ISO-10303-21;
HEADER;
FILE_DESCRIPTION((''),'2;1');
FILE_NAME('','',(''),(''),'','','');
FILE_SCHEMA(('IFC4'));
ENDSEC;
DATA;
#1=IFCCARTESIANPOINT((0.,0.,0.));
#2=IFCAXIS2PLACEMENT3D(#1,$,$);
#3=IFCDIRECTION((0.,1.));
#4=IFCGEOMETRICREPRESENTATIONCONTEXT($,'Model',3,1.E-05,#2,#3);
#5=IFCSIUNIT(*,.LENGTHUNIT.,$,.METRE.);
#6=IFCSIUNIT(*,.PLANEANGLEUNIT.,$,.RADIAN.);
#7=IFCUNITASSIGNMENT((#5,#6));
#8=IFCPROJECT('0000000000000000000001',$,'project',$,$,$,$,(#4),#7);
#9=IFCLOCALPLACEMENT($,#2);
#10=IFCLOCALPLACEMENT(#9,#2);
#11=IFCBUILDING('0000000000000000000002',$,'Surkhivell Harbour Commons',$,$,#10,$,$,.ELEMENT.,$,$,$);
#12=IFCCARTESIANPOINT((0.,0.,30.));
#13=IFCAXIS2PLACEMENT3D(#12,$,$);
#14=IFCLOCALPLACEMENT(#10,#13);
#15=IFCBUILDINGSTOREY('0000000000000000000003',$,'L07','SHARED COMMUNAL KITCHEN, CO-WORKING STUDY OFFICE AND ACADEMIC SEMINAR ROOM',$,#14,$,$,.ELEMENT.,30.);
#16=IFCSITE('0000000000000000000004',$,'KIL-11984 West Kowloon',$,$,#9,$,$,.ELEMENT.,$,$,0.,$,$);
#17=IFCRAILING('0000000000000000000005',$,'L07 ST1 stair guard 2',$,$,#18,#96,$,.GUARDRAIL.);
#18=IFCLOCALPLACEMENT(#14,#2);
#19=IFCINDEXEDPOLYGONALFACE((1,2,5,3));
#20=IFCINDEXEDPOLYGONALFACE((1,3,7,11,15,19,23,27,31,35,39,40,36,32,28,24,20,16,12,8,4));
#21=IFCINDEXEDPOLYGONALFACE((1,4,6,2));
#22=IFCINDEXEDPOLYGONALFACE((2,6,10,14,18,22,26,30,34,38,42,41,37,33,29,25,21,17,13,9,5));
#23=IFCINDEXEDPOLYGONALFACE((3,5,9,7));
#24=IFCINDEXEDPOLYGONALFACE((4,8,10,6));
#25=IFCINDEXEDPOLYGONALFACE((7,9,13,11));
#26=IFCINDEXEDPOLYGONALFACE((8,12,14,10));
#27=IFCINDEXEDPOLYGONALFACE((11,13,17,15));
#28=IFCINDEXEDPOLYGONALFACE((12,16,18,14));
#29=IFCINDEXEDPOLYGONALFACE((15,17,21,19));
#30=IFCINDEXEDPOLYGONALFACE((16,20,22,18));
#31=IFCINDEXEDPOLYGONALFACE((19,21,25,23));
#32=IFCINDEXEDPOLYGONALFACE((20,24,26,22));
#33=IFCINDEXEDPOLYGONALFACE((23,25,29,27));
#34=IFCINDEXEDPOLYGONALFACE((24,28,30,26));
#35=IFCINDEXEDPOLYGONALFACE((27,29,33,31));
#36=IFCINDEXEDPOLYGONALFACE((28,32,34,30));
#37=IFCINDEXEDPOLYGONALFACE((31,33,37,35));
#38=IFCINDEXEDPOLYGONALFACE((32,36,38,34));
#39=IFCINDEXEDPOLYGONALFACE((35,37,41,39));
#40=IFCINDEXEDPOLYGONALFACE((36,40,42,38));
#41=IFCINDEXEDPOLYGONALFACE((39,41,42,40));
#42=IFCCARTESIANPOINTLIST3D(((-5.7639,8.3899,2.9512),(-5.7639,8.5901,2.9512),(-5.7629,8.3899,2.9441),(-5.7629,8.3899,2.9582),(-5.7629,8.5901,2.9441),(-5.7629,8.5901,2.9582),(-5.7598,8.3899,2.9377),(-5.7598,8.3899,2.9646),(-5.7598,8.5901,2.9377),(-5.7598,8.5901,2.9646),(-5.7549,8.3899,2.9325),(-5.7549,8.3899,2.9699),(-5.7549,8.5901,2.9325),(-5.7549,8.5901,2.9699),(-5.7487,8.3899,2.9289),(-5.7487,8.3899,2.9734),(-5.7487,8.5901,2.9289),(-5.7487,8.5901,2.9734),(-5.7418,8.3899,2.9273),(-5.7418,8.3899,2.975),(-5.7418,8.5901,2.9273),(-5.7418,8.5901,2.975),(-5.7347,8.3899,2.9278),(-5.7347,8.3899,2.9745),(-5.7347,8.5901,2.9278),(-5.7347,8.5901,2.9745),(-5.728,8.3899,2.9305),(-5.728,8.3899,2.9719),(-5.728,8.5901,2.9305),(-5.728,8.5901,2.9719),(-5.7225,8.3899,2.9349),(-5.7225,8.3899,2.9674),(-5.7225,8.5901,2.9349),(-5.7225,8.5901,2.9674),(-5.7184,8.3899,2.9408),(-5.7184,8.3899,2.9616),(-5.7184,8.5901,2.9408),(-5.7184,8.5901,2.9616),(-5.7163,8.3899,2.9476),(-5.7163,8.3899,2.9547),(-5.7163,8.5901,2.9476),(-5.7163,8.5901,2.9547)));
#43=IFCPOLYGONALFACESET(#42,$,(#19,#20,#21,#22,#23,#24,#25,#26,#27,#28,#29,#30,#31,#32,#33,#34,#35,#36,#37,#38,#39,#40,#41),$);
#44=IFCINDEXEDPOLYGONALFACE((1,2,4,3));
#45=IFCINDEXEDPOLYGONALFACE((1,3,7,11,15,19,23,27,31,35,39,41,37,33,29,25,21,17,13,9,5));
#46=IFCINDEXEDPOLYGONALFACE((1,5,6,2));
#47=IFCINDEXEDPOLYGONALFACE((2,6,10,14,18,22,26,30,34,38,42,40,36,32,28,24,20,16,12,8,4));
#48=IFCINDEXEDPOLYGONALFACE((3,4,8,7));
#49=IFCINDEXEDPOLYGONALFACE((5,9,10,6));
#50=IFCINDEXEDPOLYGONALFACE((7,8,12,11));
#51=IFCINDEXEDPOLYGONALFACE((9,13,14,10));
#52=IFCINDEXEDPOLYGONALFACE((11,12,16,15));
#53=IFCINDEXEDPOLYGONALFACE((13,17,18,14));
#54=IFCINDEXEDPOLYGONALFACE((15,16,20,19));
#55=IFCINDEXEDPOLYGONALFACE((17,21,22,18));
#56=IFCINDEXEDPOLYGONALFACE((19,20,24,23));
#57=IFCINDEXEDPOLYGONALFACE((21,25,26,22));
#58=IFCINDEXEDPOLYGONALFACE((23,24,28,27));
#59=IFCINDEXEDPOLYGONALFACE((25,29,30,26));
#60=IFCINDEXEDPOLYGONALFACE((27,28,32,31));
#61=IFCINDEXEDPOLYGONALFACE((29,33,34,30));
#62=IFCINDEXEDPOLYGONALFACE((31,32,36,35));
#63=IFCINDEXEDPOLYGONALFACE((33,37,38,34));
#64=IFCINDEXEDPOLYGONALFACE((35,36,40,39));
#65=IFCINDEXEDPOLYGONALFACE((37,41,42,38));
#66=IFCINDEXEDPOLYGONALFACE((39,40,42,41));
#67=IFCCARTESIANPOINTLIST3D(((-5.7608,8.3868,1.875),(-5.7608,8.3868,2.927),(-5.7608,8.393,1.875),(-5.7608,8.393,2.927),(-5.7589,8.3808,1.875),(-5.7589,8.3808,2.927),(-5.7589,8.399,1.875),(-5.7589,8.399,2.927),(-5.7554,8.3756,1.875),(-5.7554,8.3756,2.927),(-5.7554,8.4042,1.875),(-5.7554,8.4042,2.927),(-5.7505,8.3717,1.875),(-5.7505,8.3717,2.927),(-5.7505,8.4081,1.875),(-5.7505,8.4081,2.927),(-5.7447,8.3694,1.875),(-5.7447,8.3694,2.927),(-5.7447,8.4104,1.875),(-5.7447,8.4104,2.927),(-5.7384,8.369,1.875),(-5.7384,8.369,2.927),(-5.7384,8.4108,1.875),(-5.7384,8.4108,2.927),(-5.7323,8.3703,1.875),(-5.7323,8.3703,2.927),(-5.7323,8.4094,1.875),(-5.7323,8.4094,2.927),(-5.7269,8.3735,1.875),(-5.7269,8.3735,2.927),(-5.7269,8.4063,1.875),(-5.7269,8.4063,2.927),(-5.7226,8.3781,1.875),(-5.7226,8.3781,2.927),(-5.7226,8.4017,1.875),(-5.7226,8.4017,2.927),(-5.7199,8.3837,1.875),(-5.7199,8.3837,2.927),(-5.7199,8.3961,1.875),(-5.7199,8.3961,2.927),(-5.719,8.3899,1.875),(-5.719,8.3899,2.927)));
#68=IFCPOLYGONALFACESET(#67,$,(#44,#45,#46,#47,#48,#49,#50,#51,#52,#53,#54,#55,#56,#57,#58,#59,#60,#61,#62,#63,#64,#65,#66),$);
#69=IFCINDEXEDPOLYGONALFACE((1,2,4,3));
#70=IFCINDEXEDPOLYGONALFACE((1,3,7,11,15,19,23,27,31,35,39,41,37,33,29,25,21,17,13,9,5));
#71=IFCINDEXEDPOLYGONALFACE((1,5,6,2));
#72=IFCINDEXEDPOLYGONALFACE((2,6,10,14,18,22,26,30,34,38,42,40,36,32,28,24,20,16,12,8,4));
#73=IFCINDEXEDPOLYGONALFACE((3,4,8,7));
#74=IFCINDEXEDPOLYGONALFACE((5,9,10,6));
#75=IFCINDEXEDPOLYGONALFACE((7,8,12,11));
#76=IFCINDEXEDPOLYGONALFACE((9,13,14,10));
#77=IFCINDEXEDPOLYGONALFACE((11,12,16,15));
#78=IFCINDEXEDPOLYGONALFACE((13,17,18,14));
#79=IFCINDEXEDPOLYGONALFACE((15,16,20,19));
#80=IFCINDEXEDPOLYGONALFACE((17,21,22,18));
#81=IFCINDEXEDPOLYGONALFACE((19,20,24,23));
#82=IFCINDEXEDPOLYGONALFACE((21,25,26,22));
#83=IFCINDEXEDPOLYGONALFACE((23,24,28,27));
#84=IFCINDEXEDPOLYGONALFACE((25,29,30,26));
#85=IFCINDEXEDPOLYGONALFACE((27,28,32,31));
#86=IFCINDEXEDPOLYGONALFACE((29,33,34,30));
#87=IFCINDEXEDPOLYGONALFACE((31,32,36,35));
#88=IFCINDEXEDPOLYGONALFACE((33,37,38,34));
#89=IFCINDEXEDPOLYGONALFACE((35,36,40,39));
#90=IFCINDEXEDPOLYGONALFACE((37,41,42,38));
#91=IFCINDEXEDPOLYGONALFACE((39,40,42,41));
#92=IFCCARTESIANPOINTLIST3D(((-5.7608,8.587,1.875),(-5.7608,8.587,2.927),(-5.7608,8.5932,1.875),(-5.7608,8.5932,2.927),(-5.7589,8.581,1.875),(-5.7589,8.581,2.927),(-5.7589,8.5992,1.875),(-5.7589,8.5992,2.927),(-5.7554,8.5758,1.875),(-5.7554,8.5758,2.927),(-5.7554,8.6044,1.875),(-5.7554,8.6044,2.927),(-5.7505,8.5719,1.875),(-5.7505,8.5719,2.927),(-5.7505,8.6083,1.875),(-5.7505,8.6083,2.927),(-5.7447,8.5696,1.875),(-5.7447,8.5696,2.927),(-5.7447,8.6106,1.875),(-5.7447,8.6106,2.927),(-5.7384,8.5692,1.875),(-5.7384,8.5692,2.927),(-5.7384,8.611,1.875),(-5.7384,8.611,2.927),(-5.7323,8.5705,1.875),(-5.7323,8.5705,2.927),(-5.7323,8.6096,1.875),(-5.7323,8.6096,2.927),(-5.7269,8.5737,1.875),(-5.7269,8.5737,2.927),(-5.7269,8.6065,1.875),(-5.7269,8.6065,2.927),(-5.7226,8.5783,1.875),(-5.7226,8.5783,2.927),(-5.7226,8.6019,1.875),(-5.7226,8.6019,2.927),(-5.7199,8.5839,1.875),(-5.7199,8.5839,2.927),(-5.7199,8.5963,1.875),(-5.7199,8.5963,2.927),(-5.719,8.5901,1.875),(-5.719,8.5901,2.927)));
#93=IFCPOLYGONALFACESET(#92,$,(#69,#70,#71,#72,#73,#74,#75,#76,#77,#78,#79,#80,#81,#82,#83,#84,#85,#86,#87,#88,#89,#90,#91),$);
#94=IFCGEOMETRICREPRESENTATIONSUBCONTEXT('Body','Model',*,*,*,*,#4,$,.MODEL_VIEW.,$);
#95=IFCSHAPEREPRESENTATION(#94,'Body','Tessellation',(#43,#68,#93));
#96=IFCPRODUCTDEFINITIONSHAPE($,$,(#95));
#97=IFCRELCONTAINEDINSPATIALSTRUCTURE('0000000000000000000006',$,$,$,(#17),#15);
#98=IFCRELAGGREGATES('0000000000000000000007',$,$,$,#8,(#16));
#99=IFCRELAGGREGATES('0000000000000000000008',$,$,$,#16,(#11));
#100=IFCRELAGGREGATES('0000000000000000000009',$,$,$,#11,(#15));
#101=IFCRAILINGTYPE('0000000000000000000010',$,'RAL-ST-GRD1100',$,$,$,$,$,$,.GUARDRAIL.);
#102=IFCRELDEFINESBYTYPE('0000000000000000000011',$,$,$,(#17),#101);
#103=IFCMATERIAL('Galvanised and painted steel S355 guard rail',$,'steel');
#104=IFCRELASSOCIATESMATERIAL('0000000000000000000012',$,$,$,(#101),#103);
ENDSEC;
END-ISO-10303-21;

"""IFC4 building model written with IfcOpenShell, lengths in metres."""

from ifc_helpers import new_model, si_unit, direction, frame, origin, origin_2d, place, context, subcontext, project, spatial, circle, extrude, material, type_object, element, save


model = new_model("IFC4")

# Units and contexts
model_context = context("Model", 3, precision=1e-05, world=origin(), true_north=direction((0.0, 1.0)))
body_context = subcontext(model_context, "Body", "Model", "MODEL_VIEW")
ifc_project = project(units=[si_unit("LENGTHUNIT", "METRE"), si_unit("PLANEANGLEUNIT", "RADIAN")], contexts=[model_context])

# Site, building, storey
site_placement = place(None, origin())
site = spatial("IfcSite", under=ifc_project, at=site_placement, Name="KIL-11984 West Kowloon", CompositionType="ELEMENT", RefElevation=0.0)
building_placement = place(site_placement, origin())
building = spatial("IfcBuilding", under=site, at=building_placement, Name="Surkhivell Harbour Commons", CompositionType="ELEMENT")
storey_placement = place(building_placement, frame((0.0, 0.0, 30.0)))
storey = spatial("IfcBuildingStorey", under=building, at=storey_placement, Name="L07", Description="SHARED COMMUNAL KITCHEN, CO-WORKING STUDY OFFICE AND ACADEMIC SEMINAR ROOM", CompositionType="ELEMENT", Elevation=30.0)

# Railing
ifc_material_1 = material(Name="Galvanised and painted steel S355 guard rail", Category="steel")
railing_type_1 = type_object("IfcRailingType", Name="RAL-ST-GRD1100", PredefinedType="GUARDRAIL", material=ifc_material_1)
railing_1_placement = place(storey_placement, frame((-5.74, 8.3899, 1.875)))
element("IfcRailing", 1, at=railing_1_placement, inside=storey, type_object=railing_type_1, Name="L07 ST1 stair guard 2", PredefinedType="GUARDRAIL", context=body_context, shape_type="SweptSolid", body=[
    extrude(circle(Radius=0.0239, at=origin_2d()), frame((0.0, 0.0, 1.0762), z_axis=(0.0, 1.0, 0.0), x_axis=(-1.0, 0.0, 0.0)), (0.0, 0.0, 1.0), 0.2002),
    extrude(circle(Radius=0.021, at=origin_2d()), origin(), (0.0, 0.0, 1.0), 1.052),
    extrude(circle(Radius=0.021, at=origin_2d()), frame((0.0, 0.2002, 0.0)), (0.0, 0.0, 1.0), 1.052),
])

save(model, "model.ifc")
